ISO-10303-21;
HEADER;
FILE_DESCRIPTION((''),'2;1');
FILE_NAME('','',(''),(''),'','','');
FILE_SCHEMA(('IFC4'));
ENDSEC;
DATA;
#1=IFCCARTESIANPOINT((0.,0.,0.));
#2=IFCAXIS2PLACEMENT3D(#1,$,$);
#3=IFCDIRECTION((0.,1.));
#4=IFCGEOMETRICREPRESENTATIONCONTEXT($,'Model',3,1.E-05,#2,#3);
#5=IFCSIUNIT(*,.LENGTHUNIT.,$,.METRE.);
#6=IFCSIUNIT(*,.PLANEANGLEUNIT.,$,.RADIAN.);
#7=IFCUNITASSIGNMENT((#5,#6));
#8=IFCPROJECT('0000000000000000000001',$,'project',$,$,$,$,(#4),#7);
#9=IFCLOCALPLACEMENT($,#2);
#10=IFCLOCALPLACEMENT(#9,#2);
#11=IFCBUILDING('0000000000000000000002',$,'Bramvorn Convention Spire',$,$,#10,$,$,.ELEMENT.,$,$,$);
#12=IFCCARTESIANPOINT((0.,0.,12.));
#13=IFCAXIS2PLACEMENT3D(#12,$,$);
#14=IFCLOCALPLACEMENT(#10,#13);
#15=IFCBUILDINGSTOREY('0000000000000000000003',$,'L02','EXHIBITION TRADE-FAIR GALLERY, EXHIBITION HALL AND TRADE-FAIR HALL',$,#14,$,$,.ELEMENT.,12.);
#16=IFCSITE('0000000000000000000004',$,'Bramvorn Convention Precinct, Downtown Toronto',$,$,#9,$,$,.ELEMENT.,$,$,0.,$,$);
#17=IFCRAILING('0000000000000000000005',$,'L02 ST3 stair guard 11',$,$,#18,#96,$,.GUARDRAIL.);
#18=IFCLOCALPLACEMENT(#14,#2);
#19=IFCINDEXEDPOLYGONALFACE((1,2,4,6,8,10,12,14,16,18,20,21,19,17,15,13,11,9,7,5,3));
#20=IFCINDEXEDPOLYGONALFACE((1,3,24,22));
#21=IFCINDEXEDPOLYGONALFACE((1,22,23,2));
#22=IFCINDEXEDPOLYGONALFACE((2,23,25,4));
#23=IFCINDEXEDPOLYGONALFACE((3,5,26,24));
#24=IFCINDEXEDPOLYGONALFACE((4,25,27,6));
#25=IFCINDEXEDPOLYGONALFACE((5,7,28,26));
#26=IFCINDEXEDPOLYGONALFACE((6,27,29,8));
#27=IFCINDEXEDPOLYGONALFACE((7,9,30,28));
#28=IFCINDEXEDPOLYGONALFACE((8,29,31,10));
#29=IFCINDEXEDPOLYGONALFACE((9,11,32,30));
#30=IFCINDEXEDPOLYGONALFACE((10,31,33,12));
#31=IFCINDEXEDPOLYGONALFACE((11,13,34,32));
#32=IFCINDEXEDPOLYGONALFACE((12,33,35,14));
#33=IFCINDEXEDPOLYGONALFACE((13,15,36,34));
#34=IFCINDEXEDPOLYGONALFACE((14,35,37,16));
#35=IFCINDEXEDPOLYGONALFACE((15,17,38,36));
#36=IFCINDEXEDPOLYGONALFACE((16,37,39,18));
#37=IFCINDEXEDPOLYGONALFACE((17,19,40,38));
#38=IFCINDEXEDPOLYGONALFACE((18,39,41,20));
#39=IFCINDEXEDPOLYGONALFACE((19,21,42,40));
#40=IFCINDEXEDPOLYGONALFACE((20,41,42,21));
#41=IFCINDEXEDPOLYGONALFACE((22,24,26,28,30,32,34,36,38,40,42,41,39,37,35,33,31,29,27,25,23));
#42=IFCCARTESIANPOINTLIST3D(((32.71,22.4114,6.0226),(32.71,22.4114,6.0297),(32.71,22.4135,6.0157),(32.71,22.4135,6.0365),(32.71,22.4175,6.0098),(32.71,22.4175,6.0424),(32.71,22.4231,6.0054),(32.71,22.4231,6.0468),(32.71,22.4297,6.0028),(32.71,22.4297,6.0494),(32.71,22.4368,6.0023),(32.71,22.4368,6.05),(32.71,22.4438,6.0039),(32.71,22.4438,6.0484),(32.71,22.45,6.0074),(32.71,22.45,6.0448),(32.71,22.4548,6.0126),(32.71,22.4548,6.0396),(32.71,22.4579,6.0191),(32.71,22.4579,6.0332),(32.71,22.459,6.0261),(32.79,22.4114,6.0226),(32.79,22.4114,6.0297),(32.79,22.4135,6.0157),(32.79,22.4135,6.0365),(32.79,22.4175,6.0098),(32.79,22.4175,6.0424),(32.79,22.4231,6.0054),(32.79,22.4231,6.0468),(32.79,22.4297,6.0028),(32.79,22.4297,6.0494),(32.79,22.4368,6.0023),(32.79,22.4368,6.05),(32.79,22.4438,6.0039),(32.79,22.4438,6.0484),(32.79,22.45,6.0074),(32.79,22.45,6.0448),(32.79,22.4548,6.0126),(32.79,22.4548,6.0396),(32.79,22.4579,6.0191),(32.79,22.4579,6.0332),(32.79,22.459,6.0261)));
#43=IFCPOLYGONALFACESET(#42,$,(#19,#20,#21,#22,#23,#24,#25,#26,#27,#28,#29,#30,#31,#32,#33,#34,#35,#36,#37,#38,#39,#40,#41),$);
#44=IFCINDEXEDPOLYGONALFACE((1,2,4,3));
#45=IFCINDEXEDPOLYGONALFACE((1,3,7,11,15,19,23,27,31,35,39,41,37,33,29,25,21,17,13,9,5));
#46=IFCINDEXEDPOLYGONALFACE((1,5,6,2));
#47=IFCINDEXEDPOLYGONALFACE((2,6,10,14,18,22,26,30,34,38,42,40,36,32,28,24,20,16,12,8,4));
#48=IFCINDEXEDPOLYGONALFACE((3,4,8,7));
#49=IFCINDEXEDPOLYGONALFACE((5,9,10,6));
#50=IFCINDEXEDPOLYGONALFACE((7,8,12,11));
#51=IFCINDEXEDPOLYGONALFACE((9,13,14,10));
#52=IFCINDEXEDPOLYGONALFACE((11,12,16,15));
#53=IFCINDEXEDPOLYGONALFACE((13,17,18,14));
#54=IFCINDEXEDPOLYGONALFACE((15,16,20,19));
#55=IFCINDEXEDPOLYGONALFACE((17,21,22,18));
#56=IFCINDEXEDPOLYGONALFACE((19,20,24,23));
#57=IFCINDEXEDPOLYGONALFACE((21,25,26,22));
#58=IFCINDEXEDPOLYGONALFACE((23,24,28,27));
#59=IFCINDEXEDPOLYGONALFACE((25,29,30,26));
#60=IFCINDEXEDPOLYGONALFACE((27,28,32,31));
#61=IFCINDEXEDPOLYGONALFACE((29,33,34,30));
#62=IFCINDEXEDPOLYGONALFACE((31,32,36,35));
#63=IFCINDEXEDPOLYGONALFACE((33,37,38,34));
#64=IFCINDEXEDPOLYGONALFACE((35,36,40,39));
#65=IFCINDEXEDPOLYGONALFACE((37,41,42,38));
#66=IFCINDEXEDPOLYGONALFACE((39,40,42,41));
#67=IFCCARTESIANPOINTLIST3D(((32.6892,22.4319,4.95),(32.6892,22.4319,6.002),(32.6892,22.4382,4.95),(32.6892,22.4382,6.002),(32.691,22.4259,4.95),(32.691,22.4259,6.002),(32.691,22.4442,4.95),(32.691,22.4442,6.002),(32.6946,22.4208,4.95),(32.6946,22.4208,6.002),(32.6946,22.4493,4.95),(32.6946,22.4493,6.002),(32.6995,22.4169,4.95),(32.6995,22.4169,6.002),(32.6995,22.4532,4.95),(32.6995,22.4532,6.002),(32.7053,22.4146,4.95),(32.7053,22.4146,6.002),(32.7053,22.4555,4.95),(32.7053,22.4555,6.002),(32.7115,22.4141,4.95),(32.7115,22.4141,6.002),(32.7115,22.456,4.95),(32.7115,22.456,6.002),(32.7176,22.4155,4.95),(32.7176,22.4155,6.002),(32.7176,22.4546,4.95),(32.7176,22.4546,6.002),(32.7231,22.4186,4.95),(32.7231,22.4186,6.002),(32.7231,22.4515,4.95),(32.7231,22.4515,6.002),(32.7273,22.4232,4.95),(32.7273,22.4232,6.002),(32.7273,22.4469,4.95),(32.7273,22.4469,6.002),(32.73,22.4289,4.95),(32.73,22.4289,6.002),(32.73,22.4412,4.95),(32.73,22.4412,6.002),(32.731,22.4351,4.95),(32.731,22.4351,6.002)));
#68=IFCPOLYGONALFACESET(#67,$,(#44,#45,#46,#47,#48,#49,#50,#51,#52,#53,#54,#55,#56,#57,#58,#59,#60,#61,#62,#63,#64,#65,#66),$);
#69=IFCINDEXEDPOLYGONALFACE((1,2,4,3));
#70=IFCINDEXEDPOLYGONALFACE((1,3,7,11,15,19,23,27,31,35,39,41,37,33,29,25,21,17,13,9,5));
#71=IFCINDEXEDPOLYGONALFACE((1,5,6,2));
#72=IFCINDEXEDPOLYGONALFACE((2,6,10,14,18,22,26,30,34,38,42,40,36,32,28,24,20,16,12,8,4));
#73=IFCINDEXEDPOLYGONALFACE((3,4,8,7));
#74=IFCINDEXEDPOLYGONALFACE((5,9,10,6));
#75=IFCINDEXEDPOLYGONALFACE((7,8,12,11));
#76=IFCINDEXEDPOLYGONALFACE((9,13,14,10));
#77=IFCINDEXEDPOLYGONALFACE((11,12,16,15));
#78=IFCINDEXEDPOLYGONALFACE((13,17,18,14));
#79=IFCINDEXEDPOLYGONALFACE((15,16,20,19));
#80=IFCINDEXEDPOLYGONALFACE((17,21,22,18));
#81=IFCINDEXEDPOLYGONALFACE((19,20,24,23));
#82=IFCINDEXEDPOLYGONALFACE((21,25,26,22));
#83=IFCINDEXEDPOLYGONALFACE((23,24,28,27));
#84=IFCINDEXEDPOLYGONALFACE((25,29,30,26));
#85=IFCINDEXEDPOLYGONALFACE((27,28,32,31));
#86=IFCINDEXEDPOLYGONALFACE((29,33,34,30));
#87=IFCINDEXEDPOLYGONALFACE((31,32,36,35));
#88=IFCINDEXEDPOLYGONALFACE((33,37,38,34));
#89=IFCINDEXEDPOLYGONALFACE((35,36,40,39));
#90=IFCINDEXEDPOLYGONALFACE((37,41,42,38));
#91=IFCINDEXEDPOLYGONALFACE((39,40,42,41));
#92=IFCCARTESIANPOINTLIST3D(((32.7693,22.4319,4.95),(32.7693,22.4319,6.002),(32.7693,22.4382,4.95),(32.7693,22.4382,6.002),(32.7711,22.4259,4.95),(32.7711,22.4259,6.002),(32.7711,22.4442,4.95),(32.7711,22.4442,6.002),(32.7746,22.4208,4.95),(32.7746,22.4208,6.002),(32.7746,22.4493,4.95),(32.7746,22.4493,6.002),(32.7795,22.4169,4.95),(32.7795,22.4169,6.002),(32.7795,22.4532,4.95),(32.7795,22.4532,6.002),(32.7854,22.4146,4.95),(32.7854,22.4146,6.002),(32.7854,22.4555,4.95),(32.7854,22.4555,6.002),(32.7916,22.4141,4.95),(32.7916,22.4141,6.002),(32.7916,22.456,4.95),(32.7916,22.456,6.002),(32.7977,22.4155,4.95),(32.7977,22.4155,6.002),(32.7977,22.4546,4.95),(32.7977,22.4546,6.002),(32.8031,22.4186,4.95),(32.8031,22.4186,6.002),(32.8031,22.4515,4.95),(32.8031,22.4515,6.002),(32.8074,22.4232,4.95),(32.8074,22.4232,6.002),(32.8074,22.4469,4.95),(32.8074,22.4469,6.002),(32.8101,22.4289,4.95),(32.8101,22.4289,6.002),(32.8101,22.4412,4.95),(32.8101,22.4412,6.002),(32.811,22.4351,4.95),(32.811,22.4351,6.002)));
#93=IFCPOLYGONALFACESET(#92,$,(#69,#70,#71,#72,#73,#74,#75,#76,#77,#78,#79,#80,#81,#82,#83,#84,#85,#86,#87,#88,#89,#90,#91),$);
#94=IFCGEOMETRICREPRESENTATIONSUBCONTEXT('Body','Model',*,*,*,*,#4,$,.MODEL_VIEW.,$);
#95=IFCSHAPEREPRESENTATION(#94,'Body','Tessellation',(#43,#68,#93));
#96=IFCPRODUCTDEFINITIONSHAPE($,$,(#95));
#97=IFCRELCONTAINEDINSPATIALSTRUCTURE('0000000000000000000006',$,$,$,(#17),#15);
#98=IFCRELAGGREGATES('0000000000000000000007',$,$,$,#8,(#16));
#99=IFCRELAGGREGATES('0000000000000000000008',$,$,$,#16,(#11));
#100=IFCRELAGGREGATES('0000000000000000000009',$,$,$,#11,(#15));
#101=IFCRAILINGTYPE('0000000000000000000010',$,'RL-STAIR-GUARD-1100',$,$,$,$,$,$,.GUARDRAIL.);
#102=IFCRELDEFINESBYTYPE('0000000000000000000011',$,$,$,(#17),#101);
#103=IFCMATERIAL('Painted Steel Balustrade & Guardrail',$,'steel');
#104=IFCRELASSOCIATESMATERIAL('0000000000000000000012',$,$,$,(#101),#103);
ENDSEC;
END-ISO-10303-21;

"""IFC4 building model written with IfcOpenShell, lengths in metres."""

from ifc_helpers import new_model, si_unit, direction, frame, origin, origin_2d, place, context, subcontext, project, spatial, circle, extrude, material, type_object, element, save


model = new_model("IFC4")

# Units and contexts
model_context = context("Model", 3, precision=1e-05, world=origin(), true_north=direction((0.0, 1.0)))
body_context = subcontext(model_context, "Body", "Model", "MODEL_VIEW")
ifc_project = project(units=[si_unit("LENGTHUNIT", "METRE"), si_unit("PLANEANGLEUNIT", "RADIAN")], contexts=[model_context])

# Site, building, storey
site_placement = place(None, origin())
site = spatial("IfcSite", under=ifc_project, at=site_placement, Name="Bramvorn Convention Precinct, Downtown Toronto", CompositionType="ELEMENT", RefElevation=0.0)
building_placement = place(site_placement, origin())
building = spatial("IfcBuilding", under=site, at=building_placement, Name="Bramvorn Convention Spire", CompositionType="ELEMENT")
storey_placement = place(building_placement, frame((0.0, 0.0, 12.0)))
storey = spatial("IfcBuildingStorey", under=building, at=storey_placement, Name="L02", Description="EXHIBITION TRADE-FAIR GALLERY, EXHIBITION HALL AND TRADE-FAIR HALL", CompositionType="ELEMENT", Elevation=12.0)

# Railing
ifc_material_1 = material(Name="Painted Steel Balustrade & Guardrail", Category="steel")
railing_type_1 = type_object("IfcRailingType", Name="RL-STAIR-GUARD-1100", PredefinedType="GUARDRAIL", material=ifc_material_1)
railing_1_placement = place(storey_placement, frame((32.71, 22.4351, 4.95)))
element("IfcRailing", 1, at=railing_1_placement, inside=storey, type_object=railing_type_1, Name="L02 ST3 stair guard 11", PredefinedType="GUARDRAIL", context=body_context, shape_type="SweptSolid", body=[
    extrude(circle(Radius=0.0239, at=origin_2d()), frame((0.0, 0.0, 1.0762), z_axis=(1.0, 0.0, 0.0), x_axis=(0.0, 1.0, 0.0)), (0.0, 0.0, 1.0), 0.0801),
    extrude(circle(Radius=0.021, at=origin_2d()), origin(), (0.0, 0.0, 1.0), 1.052),
    extrude(circle(Radius=0.021, at=origin_2d()), frame((0.0801, 0.0, 0.0)), (0.0, 0.0, 1.0), 1.052),
])

save(model, "model.ifc")
